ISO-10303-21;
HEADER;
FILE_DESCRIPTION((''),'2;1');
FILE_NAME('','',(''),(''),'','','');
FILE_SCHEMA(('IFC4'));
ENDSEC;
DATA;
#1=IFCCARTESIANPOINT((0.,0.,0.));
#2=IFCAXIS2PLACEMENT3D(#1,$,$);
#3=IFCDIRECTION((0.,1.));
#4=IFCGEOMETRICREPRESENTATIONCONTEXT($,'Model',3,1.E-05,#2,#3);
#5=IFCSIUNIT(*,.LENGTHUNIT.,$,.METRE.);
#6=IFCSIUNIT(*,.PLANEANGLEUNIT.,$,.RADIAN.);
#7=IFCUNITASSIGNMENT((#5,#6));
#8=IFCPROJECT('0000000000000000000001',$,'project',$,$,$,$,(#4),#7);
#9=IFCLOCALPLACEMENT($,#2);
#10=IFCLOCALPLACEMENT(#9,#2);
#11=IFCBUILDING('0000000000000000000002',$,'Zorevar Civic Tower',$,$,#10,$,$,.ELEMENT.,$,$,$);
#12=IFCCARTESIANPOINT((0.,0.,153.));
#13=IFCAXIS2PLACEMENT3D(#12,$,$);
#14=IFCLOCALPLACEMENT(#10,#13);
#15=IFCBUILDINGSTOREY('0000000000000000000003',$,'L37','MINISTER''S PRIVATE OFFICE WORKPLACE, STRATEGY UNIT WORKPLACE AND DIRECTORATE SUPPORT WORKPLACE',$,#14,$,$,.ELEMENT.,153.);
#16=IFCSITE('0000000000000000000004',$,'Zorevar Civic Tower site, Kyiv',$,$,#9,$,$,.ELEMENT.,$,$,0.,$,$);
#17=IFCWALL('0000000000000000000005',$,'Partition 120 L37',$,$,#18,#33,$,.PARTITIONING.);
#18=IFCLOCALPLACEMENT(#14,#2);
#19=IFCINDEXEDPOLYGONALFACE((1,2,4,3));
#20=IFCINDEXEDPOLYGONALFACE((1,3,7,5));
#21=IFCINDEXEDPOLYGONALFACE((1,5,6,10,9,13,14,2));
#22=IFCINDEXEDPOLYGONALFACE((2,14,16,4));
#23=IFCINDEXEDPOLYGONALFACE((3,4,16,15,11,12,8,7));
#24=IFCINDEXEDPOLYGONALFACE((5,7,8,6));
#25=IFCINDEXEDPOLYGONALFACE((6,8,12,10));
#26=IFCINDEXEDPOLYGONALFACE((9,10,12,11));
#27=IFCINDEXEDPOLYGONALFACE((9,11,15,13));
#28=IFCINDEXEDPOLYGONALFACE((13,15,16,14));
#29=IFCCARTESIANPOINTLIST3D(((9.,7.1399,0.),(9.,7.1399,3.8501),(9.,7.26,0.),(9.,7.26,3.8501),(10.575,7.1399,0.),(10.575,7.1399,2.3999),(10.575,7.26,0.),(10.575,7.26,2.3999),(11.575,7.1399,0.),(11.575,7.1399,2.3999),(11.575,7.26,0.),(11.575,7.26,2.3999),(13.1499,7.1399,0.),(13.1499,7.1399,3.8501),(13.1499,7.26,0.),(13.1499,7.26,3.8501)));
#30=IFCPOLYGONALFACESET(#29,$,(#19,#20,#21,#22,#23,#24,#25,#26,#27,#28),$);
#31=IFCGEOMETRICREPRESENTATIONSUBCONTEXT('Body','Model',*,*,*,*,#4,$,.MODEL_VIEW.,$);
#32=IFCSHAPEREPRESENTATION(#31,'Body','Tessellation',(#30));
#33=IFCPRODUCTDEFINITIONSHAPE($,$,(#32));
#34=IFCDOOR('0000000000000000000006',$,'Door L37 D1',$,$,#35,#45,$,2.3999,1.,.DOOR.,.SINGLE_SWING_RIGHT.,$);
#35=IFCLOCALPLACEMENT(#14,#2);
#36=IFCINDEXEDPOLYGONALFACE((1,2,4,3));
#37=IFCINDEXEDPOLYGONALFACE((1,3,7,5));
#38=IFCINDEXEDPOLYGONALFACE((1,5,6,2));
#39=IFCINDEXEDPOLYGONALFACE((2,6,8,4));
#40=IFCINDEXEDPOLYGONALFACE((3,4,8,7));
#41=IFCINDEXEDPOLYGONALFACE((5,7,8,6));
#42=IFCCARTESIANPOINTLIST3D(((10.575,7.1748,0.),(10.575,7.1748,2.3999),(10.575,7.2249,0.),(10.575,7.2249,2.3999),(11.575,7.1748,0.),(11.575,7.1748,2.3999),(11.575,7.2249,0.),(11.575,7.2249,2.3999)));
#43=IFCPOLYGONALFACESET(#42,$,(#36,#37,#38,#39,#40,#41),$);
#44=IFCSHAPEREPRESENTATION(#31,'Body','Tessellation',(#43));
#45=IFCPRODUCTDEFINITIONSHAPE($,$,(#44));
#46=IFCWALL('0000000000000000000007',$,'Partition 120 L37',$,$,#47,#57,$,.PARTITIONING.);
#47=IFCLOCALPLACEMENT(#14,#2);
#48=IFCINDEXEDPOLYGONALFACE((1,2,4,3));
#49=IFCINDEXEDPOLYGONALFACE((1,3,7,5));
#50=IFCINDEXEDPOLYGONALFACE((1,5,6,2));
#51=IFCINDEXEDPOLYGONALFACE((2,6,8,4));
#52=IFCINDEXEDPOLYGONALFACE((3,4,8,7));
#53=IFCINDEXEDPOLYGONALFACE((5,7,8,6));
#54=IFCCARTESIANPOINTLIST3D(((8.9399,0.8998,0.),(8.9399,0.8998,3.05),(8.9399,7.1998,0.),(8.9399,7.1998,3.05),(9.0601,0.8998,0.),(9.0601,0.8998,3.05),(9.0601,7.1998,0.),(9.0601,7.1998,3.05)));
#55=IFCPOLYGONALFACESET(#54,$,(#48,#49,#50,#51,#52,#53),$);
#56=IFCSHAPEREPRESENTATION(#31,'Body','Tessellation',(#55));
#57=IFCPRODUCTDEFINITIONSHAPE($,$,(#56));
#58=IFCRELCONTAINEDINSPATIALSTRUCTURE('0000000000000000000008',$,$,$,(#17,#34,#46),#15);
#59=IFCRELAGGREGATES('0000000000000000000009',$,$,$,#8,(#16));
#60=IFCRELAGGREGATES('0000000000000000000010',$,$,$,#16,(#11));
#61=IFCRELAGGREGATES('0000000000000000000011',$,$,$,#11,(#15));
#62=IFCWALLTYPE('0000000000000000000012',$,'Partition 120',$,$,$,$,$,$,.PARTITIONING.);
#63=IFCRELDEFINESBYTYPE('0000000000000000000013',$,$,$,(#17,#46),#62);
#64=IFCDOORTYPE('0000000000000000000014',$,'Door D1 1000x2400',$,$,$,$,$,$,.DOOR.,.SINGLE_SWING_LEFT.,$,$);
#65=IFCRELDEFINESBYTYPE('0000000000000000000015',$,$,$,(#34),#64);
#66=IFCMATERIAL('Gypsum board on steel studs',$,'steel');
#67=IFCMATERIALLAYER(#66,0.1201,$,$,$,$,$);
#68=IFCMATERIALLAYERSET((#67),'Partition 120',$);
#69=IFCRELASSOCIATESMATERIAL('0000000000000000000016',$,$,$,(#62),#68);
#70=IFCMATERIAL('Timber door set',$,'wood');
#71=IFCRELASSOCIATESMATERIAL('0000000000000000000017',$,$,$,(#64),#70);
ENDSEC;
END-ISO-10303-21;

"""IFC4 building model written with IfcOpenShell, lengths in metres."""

from ifc_helpers import new_model, si_unit, direction, frame, frame_2d, origin, place, context, subcontext, project, spatial, rectangle, extrude, material, layer, layer_set, type_object, element, fill, save


model = new_model("IFC4")

# Units and contexts
model_context = context("Model", 3, precision=1e-05, world=origin(), true_north=direction((0.0, 1.0)))
body_context = subcontext(model_context, "Body", "Model", "MODEL_VIEW")
ifc_project = project(units=[si_unit("LENGTHUNIT", "METRE"), si_unit("PLANEANGLEUNIT", "RADIAN")], contexts=[model_context])

# Site, building, storey
site_placement = place(None, origin())
site = spatial("IfcSite", under=ifc_project, at=site_placement, Name="Zorevar Civic Tower site, Kyiv", CompositionType="ELEMENT", RefElevation=0.0)
building_placement = place(site_placement, origin())
building = spatial("IfcBuilding", under=site, at=building_placement, Name="Zorevar Civic Tower", CompositionType="ELEMENT")
storey_placement = place(building_placement, frame((0.0, 0.0, 153.0)))
storey = spatial("IfcBuildingStorey", under=building, at=storey_placement, Name="L37", Description="MINISTER'S PRIVATE OFFICE WORKPLACE, STRATEGY UNIT WORKPLACE AND DIRECTORATE SUPPORT WORKPLACE", CompositionType="ELEMENT", Elevation=153.0)

# Wall, opening, door
ifc_material_1 = material(Name="Gypsum board on steel studs", Category="steel")
ifc_layer_1 = layer(ifc_material_1, 0.1201)
ifc_layer_set_1 = layer_set([ifc_layer_1], Name="Partition 120")
wall_type = type_object("IfcWallType", Name="Partition 120", PredefinedType="PARTITIONING", material=ifc_layer_set_1)
wall_1_placement = place(storey_placement, frame((9.0, 7.2, 0.0), z_axis=(0.0, 0.0, 1.0), x_axis=(1.0, 0.0, 0.0)))
wall_1 = element("IfcWall", 1, at=wall_1_placement, inside=storey, type_object=wall_type, Name="Partition 120 L37", PredefinedType="PARTITIONING", context=body_context, shape_type="SweptSolid", body=[
    extrude(rectangle(XDim=4.1499, YDim=0.1201, at=frame_2d((2.075, 0.0))), origin(), (0.0, 0.0, 1.0), 3.8501),
])
opening_placement = place(wall_1_placement, frame((1.575, 0.0, 0.0)))
opening = element("IfcOpeningElement", 2, at=opening_placement, cuts=wall_1, PredefinedType="OPENING", context=body_context, shape_type="SweptSolid", body=[
    extrude(rectangle(XDim=1.0, YDim=2.3999, at=frame_2d((0.5, 1.2))), frame((0.0, 0.0701, 0.0), z_axis=(0.0, -1.0, 0.0), x_axis=(1.0, 0.0, 0.0)), (0.0, 0.0, 1.0), 0.1401),
])
ifc_material_2 = material(Name="Timber door set", Category="wood")
door_type = type_object("IfcDoorType", Name="Door D1 1000x2400", OperationType="SINGLE_SWING_LEFT", PredefinedType="DOOR", material=ifc_material_2)
door_placement = place(opening_placement, origin())
door = element("IfcDoor", 3, at=door_placement, inside=storey, type_object=door_type, Name="Door L37 D1", OperationType="SINGLE_SWING_RIGHT", OverallHeight=2.3999, OverallWidth=1.0, PredefinedType="DOOR", context=body_context, shape_type="SweptSolid", body=[
    extrude(rectangle(XDim=1.0, YDim=2.3999, at=frame_2d((0.5, 1.2))), frame((0.0, 0.0249, 0.0), z_axis=(0.0, -1.0, 0.0), x_axis=(1.0, 0.0, 0.0)), (0.0, 0.0, 1.0), 0.05),
])
fill(opening, door)

# Wall
wall_2_placement = place(storey_placement, frame((9.0, 0.8999, 0.0), z_axis=(0.0, 0.0, 1.0), x_axis=(0.0, 1.0, 0.0)))
element("IfcWall", 4, at=wall_2_placement, inside=storey, type_object=wall_type, Name="Partition 120 L37", PredefinedType="PARTITIONING", context=body_context, shape_type="SweptSolid", body=[
    extrude(rectangle(XDim=6.3, YDim=0.1201, at=frame_2d((3.1499, 0.0))), origin(), (0.0, 0.0, 1.0), 3.05),
])

save(model, "model.ifc")
